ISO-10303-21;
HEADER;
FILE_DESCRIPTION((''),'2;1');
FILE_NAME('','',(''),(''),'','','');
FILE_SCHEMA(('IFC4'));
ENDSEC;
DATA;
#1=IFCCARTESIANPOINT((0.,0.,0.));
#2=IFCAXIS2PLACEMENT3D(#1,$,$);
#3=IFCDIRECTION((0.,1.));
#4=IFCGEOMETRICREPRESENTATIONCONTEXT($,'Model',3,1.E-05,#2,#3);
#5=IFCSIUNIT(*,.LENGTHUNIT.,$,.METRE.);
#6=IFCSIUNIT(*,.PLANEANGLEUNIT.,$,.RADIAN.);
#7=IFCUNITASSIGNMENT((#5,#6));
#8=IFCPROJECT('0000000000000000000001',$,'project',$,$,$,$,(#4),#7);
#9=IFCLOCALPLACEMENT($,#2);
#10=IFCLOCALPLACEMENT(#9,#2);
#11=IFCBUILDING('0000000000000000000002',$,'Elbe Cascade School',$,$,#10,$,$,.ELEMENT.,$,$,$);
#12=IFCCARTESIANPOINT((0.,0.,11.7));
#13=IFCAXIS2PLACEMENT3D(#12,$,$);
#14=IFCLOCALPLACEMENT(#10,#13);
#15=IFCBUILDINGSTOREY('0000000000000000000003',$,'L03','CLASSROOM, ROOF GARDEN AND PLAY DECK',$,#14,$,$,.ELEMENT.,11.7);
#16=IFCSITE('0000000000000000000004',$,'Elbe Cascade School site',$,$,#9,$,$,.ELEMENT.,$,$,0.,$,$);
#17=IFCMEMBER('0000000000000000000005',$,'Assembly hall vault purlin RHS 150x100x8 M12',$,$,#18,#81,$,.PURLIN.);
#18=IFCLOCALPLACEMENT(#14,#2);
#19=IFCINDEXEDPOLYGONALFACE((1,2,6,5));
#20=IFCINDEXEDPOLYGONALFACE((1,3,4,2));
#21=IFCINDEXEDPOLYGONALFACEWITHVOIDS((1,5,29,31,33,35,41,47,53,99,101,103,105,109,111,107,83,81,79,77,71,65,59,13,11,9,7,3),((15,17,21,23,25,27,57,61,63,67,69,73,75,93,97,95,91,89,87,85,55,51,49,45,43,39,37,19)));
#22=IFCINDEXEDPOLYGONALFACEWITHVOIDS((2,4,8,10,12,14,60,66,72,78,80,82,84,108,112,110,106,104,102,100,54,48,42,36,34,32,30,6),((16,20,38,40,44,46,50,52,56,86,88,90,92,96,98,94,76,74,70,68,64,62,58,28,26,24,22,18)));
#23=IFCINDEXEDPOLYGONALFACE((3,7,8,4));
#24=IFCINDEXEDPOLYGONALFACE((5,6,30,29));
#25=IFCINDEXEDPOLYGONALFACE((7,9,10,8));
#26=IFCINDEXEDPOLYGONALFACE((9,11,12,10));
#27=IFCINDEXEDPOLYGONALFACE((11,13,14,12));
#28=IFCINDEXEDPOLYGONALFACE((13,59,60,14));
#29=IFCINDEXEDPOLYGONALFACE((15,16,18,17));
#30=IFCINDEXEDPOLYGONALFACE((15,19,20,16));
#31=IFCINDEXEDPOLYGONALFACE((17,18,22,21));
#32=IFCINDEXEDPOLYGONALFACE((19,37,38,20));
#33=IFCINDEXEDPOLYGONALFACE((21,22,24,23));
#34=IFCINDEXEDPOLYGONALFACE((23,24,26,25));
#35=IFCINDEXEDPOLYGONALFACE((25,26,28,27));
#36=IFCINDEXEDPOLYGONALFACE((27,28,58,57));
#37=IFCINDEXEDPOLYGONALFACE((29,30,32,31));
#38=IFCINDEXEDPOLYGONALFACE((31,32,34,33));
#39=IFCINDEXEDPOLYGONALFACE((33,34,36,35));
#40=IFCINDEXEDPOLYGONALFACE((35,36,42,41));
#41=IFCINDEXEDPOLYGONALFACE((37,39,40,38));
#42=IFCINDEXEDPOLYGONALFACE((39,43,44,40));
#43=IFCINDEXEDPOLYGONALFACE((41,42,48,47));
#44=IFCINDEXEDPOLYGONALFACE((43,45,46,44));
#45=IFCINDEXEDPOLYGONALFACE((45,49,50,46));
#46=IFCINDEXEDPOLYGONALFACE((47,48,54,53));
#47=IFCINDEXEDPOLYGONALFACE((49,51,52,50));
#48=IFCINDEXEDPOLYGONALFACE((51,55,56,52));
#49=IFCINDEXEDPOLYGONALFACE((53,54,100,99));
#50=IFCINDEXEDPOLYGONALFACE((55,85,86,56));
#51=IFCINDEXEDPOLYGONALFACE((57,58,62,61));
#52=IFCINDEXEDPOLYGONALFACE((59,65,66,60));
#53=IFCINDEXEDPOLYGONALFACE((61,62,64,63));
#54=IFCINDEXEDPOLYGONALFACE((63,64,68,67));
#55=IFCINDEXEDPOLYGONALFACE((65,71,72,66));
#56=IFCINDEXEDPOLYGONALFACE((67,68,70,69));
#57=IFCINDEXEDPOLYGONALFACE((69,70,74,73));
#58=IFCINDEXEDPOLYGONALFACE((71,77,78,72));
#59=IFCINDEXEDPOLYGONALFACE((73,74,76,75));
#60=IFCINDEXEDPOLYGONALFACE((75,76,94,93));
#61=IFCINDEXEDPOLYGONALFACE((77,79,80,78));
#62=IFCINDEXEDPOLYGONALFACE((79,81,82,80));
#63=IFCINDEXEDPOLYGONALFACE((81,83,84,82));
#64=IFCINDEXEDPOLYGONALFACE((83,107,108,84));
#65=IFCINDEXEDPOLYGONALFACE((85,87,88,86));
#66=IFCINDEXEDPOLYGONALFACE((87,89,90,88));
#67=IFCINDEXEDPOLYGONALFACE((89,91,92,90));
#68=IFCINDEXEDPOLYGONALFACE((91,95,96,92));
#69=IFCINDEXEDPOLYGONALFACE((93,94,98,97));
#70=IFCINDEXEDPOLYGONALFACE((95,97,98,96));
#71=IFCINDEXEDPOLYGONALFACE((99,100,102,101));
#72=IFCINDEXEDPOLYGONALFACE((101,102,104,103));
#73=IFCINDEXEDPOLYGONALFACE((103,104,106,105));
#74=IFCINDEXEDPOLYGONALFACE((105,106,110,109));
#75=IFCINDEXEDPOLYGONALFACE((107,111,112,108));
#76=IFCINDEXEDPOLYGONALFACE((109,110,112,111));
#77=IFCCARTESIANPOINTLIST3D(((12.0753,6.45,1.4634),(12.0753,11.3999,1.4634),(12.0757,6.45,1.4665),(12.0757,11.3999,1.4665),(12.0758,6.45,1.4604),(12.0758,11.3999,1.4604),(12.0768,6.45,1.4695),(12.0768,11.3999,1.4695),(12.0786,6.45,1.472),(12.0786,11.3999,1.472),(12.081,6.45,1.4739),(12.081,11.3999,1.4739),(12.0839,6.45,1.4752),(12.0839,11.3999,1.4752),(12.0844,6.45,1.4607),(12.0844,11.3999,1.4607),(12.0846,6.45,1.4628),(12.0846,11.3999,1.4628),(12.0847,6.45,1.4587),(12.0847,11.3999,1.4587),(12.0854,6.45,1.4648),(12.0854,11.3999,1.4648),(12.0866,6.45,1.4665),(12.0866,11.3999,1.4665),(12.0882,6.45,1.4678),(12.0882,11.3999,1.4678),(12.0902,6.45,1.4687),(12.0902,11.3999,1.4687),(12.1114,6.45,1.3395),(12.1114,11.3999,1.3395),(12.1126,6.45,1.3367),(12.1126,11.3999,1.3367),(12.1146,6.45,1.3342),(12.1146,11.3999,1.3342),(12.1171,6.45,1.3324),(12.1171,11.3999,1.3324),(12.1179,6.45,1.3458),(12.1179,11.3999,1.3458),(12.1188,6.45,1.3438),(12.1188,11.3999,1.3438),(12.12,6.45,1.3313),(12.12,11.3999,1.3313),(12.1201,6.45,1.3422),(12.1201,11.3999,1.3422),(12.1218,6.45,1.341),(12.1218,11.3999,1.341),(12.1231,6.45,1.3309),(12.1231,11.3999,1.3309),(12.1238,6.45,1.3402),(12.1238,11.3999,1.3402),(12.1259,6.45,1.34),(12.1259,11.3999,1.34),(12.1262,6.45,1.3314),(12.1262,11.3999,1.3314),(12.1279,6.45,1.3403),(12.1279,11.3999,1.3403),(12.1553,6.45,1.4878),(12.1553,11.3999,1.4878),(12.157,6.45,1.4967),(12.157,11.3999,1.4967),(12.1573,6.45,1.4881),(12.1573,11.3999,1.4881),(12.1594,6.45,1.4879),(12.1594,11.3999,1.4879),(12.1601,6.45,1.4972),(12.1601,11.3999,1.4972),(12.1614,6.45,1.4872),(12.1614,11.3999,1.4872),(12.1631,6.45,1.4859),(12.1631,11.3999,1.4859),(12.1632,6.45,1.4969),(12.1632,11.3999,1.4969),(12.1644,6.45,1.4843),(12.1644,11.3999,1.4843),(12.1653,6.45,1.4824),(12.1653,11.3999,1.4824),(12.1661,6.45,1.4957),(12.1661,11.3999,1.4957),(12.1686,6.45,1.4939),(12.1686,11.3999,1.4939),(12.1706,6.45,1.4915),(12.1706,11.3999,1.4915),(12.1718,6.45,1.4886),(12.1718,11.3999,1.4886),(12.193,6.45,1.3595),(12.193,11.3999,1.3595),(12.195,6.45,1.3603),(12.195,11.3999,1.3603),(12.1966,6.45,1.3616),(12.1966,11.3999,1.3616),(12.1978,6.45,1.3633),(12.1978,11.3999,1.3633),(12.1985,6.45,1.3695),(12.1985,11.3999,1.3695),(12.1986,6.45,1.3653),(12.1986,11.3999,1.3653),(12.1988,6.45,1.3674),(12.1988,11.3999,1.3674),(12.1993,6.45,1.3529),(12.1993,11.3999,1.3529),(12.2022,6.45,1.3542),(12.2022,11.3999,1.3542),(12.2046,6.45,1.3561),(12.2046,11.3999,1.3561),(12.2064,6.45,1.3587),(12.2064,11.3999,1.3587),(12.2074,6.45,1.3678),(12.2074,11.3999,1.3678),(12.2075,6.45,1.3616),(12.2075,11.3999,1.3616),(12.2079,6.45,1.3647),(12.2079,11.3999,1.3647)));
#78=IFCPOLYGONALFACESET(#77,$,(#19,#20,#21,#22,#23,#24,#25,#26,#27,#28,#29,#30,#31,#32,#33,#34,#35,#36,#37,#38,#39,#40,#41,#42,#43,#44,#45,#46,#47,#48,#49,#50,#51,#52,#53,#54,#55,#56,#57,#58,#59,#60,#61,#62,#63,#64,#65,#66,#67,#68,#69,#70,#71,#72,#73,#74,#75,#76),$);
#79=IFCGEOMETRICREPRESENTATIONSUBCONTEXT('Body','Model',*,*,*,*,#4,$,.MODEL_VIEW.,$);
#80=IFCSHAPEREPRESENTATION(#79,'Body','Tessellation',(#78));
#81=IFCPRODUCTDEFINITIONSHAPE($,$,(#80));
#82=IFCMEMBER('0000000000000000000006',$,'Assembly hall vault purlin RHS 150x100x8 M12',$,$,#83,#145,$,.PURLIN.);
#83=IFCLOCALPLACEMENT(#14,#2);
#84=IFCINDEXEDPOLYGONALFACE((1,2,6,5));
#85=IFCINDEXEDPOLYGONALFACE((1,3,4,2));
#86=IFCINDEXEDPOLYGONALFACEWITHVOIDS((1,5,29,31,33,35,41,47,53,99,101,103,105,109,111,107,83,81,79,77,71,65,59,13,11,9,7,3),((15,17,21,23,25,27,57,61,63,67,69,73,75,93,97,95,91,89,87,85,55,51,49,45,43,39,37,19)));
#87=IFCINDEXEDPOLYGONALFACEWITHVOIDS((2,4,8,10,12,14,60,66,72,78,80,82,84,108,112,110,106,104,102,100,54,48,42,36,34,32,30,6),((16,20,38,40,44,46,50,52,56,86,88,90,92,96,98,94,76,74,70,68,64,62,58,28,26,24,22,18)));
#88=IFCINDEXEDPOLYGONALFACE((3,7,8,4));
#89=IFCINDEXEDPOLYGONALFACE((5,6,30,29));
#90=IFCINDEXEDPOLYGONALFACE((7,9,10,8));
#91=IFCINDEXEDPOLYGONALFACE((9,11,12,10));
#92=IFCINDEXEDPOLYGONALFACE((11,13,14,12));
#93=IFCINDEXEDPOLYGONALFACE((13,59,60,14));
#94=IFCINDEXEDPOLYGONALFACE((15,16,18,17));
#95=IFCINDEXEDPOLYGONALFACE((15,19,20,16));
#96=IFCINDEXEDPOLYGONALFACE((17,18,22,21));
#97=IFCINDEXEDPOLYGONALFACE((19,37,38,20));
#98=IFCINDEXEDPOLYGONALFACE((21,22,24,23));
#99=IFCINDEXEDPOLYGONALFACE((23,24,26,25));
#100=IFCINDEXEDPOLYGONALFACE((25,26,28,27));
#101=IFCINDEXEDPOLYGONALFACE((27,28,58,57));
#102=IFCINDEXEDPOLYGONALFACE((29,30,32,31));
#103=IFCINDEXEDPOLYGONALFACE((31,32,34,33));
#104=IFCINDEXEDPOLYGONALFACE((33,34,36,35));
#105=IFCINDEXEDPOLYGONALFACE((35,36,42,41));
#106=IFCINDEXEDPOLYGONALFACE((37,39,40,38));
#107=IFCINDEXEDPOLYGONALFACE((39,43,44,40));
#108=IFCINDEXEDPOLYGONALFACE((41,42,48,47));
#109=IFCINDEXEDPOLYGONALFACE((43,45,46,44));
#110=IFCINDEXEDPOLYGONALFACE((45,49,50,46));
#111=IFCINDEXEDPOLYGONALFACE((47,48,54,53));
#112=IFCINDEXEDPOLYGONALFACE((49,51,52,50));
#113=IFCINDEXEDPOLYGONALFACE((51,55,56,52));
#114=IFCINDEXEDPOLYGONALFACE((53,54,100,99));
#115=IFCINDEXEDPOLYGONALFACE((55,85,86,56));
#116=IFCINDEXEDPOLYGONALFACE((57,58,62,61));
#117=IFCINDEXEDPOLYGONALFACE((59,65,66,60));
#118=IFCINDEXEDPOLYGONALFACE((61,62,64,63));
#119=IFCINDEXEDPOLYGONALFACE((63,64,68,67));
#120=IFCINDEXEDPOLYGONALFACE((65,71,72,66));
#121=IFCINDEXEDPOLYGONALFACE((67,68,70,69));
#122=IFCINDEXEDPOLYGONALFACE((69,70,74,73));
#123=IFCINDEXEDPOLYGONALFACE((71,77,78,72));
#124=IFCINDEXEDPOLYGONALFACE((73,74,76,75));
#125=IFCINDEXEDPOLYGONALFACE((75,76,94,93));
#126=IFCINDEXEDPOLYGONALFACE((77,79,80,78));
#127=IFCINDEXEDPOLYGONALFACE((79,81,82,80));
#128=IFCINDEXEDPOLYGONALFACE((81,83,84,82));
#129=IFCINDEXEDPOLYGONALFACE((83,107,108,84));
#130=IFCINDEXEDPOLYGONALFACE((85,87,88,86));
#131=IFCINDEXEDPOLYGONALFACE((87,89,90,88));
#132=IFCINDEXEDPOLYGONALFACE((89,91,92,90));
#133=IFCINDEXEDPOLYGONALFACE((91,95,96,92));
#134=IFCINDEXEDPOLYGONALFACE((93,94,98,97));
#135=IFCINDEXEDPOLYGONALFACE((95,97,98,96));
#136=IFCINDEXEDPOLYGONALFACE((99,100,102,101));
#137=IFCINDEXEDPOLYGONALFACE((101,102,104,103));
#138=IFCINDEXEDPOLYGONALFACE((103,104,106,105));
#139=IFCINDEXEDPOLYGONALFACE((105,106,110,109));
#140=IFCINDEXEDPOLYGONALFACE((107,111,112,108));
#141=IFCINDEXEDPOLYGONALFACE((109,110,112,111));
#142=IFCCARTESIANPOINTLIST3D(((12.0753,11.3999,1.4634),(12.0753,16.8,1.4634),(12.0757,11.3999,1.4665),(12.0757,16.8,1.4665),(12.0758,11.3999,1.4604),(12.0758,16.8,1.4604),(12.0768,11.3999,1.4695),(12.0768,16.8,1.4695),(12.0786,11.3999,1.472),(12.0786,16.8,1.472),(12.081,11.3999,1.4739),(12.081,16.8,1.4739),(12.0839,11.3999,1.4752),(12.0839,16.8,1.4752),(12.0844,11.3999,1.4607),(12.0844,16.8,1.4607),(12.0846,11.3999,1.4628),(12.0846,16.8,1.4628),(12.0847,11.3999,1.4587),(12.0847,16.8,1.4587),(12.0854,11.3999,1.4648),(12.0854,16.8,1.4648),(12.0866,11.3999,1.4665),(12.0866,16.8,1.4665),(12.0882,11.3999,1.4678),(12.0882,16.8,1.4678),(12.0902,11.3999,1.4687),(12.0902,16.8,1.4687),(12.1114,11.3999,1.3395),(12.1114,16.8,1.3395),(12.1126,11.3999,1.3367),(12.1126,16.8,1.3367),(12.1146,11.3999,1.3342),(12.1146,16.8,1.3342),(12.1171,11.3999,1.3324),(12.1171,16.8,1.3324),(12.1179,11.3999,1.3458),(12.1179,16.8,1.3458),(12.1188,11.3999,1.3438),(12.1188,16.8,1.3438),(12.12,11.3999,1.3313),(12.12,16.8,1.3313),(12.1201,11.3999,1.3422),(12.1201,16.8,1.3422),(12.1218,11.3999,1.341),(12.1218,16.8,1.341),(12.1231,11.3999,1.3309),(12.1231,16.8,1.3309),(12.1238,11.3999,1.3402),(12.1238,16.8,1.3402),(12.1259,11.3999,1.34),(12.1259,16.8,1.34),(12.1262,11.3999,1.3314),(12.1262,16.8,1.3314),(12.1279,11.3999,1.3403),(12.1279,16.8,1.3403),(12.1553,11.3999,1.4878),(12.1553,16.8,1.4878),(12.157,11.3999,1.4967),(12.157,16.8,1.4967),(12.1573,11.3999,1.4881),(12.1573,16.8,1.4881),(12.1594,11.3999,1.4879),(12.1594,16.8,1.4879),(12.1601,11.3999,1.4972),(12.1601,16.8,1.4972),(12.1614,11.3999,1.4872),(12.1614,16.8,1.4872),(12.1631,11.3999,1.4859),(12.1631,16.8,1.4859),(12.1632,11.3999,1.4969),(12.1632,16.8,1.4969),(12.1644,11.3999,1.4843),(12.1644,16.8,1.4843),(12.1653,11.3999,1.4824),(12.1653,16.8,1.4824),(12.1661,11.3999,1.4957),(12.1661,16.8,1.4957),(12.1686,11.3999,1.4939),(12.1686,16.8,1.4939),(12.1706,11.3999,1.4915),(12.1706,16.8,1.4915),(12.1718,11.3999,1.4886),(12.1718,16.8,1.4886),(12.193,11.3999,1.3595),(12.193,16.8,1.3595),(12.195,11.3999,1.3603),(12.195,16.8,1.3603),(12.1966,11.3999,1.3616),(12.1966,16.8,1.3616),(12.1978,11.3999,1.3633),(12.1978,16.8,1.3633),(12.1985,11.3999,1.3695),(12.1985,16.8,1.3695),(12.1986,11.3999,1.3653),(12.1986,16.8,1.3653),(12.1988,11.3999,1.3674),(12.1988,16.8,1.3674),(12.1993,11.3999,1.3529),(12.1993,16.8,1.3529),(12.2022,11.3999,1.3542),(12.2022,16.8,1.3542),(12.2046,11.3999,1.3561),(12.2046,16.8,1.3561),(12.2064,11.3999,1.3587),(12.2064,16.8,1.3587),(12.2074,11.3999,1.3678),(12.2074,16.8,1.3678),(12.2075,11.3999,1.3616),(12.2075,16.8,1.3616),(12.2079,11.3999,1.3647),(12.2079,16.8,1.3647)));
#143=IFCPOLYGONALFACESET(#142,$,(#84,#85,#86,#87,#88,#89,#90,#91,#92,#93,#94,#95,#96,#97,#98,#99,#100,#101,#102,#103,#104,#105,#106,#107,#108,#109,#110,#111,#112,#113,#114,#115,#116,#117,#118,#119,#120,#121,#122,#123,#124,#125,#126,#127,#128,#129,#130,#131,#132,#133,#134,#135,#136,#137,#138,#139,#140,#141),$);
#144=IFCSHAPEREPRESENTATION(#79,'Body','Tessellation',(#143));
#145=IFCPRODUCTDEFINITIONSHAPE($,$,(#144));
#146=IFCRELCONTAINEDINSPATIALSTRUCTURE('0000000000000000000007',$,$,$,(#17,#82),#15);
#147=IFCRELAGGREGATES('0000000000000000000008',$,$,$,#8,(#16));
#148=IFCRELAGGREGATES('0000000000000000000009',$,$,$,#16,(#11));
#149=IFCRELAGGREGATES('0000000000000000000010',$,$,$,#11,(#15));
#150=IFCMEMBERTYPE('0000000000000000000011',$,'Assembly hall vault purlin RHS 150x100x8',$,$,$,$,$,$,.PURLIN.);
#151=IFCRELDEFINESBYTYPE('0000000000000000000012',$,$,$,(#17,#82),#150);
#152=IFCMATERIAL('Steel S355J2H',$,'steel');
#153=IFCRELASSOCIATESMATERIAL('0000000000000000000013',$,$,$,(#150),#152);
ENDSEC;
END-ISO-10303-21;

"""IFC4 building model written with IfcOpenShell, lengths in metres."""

from ifc_helpers import new_model, si_unit, direction, frame, origin, origin_2d, place, context, subcontext, project, spatial, hollow_rectangle, extrude, material, material_profile, profile_set, type_object, element, save


model = new_model("IFC4")

# Units and contexts
model_context = context("Model", 3, precision=1e-05, world=origin(), true_north=direction((0.0, 1.0)))
body_context = subcontext(model_context, "Body", "Model", "MODEL_VIEW")
ifc_project = project(units=[si_unit("LENGTHUNIT", "METRE"), si_unit("PLANEANGLEUNIT", "RADIAN")], contexts=[model_context])

# Site, building, storey
site_placement = place(None, origin())
site = spatial("IfcSite", under=ifc_project, at=site_placement, Name="Elbe Cascade School site", CompositionType="ELEMENT", RefElevation=0.0)
building_placement = place(site_placement, origin())
building = spatial("IfcBuilding", under=site, at=building_placement, Name="Elbe Cascade School", CompositionType="ELEMENT")
storey_placement = place(building_placement, frame((0.0, 0.0, 11.7)))
storey = spatial("IfcBuildingStorey", under=building, at=storey_placement, Name="L03", Description="CLASSROOM, ROOF GARDEN AND PLAY DECK", CompositionType="ELEMENT", Elevation=11.7)

# Members
ifc_material_1 = material(Name="Steel S355J2H", Category="steel")
ifc_material_profile_1 = material_profile(ifc_material_1, hollow_rectangle(XDim=0.1001, YDim=0.1499, WallThickness=0.0081, InnerFilletRadius=0.0081, OuterFilletRadius=0.012, at=origin_2d()), Name="RHS 150x100x8")
ifc_profile_set_1 = profile_set([ifc_material_profile_1], Name="Steel S355J2H")
member_type_1 = type_object("IfcMemberType", Name="Assembly hall vault purlin RHS 150x100x8", PredefinedType="PURLIN", material=ifc_profile_set_1)
member_1_placement = place(storey_placement, frame((12.1416, 6.45, 1.4141), z_axis=(0.0, 1.0, 0.0), x_axis=(-0.959321, 0.0, -0.282318)))
element("IfcMember", 1, at=member_1_placement, inside=storey, type_object=member_type_1, Name="Assembly hall vault purlin RHS 150x100x8 M12", PredefinedType="PURLIN", context=body_context, shape_type="SweptSolid", body=[
    extrude(hollow_rectangle(XDim=0.1001, YDim=0.1499, WallThickness=0.0081, InnerFilletRadius=0.0081, OuterFilletRadius=0.012, at=origin_2d()), origin(), (0.0, 0.0, 1.0), 4.95),
])
member_2_placement = place(storey_placement, frame((12.1416, 11.3999, 1.4141), z_axis=(0.0, 1.0, 0.0), x_axis=(-0.959321, 0.0, -0.282318)))
element("IfcMember", 2, at=member_2_placement, inside=storey, type_object=member_type_1, Name="Assembly hall vault purlin RHS 150x100x8 M12", PredefinedType="PURLIN", context=body_context, shape_type="SweptSolid", body=[
    extrude(hollow_rectangle(XDim=0.1001, YDim=0.1499, WallThickness=0.0081, InnerFilletRadius=0.0081, OuterFilletRadius=0.012, at=origin_2d()), origin(), (0.0, 0.0, 1.0), 5.4001),
])

save(model, "model.ifc")
